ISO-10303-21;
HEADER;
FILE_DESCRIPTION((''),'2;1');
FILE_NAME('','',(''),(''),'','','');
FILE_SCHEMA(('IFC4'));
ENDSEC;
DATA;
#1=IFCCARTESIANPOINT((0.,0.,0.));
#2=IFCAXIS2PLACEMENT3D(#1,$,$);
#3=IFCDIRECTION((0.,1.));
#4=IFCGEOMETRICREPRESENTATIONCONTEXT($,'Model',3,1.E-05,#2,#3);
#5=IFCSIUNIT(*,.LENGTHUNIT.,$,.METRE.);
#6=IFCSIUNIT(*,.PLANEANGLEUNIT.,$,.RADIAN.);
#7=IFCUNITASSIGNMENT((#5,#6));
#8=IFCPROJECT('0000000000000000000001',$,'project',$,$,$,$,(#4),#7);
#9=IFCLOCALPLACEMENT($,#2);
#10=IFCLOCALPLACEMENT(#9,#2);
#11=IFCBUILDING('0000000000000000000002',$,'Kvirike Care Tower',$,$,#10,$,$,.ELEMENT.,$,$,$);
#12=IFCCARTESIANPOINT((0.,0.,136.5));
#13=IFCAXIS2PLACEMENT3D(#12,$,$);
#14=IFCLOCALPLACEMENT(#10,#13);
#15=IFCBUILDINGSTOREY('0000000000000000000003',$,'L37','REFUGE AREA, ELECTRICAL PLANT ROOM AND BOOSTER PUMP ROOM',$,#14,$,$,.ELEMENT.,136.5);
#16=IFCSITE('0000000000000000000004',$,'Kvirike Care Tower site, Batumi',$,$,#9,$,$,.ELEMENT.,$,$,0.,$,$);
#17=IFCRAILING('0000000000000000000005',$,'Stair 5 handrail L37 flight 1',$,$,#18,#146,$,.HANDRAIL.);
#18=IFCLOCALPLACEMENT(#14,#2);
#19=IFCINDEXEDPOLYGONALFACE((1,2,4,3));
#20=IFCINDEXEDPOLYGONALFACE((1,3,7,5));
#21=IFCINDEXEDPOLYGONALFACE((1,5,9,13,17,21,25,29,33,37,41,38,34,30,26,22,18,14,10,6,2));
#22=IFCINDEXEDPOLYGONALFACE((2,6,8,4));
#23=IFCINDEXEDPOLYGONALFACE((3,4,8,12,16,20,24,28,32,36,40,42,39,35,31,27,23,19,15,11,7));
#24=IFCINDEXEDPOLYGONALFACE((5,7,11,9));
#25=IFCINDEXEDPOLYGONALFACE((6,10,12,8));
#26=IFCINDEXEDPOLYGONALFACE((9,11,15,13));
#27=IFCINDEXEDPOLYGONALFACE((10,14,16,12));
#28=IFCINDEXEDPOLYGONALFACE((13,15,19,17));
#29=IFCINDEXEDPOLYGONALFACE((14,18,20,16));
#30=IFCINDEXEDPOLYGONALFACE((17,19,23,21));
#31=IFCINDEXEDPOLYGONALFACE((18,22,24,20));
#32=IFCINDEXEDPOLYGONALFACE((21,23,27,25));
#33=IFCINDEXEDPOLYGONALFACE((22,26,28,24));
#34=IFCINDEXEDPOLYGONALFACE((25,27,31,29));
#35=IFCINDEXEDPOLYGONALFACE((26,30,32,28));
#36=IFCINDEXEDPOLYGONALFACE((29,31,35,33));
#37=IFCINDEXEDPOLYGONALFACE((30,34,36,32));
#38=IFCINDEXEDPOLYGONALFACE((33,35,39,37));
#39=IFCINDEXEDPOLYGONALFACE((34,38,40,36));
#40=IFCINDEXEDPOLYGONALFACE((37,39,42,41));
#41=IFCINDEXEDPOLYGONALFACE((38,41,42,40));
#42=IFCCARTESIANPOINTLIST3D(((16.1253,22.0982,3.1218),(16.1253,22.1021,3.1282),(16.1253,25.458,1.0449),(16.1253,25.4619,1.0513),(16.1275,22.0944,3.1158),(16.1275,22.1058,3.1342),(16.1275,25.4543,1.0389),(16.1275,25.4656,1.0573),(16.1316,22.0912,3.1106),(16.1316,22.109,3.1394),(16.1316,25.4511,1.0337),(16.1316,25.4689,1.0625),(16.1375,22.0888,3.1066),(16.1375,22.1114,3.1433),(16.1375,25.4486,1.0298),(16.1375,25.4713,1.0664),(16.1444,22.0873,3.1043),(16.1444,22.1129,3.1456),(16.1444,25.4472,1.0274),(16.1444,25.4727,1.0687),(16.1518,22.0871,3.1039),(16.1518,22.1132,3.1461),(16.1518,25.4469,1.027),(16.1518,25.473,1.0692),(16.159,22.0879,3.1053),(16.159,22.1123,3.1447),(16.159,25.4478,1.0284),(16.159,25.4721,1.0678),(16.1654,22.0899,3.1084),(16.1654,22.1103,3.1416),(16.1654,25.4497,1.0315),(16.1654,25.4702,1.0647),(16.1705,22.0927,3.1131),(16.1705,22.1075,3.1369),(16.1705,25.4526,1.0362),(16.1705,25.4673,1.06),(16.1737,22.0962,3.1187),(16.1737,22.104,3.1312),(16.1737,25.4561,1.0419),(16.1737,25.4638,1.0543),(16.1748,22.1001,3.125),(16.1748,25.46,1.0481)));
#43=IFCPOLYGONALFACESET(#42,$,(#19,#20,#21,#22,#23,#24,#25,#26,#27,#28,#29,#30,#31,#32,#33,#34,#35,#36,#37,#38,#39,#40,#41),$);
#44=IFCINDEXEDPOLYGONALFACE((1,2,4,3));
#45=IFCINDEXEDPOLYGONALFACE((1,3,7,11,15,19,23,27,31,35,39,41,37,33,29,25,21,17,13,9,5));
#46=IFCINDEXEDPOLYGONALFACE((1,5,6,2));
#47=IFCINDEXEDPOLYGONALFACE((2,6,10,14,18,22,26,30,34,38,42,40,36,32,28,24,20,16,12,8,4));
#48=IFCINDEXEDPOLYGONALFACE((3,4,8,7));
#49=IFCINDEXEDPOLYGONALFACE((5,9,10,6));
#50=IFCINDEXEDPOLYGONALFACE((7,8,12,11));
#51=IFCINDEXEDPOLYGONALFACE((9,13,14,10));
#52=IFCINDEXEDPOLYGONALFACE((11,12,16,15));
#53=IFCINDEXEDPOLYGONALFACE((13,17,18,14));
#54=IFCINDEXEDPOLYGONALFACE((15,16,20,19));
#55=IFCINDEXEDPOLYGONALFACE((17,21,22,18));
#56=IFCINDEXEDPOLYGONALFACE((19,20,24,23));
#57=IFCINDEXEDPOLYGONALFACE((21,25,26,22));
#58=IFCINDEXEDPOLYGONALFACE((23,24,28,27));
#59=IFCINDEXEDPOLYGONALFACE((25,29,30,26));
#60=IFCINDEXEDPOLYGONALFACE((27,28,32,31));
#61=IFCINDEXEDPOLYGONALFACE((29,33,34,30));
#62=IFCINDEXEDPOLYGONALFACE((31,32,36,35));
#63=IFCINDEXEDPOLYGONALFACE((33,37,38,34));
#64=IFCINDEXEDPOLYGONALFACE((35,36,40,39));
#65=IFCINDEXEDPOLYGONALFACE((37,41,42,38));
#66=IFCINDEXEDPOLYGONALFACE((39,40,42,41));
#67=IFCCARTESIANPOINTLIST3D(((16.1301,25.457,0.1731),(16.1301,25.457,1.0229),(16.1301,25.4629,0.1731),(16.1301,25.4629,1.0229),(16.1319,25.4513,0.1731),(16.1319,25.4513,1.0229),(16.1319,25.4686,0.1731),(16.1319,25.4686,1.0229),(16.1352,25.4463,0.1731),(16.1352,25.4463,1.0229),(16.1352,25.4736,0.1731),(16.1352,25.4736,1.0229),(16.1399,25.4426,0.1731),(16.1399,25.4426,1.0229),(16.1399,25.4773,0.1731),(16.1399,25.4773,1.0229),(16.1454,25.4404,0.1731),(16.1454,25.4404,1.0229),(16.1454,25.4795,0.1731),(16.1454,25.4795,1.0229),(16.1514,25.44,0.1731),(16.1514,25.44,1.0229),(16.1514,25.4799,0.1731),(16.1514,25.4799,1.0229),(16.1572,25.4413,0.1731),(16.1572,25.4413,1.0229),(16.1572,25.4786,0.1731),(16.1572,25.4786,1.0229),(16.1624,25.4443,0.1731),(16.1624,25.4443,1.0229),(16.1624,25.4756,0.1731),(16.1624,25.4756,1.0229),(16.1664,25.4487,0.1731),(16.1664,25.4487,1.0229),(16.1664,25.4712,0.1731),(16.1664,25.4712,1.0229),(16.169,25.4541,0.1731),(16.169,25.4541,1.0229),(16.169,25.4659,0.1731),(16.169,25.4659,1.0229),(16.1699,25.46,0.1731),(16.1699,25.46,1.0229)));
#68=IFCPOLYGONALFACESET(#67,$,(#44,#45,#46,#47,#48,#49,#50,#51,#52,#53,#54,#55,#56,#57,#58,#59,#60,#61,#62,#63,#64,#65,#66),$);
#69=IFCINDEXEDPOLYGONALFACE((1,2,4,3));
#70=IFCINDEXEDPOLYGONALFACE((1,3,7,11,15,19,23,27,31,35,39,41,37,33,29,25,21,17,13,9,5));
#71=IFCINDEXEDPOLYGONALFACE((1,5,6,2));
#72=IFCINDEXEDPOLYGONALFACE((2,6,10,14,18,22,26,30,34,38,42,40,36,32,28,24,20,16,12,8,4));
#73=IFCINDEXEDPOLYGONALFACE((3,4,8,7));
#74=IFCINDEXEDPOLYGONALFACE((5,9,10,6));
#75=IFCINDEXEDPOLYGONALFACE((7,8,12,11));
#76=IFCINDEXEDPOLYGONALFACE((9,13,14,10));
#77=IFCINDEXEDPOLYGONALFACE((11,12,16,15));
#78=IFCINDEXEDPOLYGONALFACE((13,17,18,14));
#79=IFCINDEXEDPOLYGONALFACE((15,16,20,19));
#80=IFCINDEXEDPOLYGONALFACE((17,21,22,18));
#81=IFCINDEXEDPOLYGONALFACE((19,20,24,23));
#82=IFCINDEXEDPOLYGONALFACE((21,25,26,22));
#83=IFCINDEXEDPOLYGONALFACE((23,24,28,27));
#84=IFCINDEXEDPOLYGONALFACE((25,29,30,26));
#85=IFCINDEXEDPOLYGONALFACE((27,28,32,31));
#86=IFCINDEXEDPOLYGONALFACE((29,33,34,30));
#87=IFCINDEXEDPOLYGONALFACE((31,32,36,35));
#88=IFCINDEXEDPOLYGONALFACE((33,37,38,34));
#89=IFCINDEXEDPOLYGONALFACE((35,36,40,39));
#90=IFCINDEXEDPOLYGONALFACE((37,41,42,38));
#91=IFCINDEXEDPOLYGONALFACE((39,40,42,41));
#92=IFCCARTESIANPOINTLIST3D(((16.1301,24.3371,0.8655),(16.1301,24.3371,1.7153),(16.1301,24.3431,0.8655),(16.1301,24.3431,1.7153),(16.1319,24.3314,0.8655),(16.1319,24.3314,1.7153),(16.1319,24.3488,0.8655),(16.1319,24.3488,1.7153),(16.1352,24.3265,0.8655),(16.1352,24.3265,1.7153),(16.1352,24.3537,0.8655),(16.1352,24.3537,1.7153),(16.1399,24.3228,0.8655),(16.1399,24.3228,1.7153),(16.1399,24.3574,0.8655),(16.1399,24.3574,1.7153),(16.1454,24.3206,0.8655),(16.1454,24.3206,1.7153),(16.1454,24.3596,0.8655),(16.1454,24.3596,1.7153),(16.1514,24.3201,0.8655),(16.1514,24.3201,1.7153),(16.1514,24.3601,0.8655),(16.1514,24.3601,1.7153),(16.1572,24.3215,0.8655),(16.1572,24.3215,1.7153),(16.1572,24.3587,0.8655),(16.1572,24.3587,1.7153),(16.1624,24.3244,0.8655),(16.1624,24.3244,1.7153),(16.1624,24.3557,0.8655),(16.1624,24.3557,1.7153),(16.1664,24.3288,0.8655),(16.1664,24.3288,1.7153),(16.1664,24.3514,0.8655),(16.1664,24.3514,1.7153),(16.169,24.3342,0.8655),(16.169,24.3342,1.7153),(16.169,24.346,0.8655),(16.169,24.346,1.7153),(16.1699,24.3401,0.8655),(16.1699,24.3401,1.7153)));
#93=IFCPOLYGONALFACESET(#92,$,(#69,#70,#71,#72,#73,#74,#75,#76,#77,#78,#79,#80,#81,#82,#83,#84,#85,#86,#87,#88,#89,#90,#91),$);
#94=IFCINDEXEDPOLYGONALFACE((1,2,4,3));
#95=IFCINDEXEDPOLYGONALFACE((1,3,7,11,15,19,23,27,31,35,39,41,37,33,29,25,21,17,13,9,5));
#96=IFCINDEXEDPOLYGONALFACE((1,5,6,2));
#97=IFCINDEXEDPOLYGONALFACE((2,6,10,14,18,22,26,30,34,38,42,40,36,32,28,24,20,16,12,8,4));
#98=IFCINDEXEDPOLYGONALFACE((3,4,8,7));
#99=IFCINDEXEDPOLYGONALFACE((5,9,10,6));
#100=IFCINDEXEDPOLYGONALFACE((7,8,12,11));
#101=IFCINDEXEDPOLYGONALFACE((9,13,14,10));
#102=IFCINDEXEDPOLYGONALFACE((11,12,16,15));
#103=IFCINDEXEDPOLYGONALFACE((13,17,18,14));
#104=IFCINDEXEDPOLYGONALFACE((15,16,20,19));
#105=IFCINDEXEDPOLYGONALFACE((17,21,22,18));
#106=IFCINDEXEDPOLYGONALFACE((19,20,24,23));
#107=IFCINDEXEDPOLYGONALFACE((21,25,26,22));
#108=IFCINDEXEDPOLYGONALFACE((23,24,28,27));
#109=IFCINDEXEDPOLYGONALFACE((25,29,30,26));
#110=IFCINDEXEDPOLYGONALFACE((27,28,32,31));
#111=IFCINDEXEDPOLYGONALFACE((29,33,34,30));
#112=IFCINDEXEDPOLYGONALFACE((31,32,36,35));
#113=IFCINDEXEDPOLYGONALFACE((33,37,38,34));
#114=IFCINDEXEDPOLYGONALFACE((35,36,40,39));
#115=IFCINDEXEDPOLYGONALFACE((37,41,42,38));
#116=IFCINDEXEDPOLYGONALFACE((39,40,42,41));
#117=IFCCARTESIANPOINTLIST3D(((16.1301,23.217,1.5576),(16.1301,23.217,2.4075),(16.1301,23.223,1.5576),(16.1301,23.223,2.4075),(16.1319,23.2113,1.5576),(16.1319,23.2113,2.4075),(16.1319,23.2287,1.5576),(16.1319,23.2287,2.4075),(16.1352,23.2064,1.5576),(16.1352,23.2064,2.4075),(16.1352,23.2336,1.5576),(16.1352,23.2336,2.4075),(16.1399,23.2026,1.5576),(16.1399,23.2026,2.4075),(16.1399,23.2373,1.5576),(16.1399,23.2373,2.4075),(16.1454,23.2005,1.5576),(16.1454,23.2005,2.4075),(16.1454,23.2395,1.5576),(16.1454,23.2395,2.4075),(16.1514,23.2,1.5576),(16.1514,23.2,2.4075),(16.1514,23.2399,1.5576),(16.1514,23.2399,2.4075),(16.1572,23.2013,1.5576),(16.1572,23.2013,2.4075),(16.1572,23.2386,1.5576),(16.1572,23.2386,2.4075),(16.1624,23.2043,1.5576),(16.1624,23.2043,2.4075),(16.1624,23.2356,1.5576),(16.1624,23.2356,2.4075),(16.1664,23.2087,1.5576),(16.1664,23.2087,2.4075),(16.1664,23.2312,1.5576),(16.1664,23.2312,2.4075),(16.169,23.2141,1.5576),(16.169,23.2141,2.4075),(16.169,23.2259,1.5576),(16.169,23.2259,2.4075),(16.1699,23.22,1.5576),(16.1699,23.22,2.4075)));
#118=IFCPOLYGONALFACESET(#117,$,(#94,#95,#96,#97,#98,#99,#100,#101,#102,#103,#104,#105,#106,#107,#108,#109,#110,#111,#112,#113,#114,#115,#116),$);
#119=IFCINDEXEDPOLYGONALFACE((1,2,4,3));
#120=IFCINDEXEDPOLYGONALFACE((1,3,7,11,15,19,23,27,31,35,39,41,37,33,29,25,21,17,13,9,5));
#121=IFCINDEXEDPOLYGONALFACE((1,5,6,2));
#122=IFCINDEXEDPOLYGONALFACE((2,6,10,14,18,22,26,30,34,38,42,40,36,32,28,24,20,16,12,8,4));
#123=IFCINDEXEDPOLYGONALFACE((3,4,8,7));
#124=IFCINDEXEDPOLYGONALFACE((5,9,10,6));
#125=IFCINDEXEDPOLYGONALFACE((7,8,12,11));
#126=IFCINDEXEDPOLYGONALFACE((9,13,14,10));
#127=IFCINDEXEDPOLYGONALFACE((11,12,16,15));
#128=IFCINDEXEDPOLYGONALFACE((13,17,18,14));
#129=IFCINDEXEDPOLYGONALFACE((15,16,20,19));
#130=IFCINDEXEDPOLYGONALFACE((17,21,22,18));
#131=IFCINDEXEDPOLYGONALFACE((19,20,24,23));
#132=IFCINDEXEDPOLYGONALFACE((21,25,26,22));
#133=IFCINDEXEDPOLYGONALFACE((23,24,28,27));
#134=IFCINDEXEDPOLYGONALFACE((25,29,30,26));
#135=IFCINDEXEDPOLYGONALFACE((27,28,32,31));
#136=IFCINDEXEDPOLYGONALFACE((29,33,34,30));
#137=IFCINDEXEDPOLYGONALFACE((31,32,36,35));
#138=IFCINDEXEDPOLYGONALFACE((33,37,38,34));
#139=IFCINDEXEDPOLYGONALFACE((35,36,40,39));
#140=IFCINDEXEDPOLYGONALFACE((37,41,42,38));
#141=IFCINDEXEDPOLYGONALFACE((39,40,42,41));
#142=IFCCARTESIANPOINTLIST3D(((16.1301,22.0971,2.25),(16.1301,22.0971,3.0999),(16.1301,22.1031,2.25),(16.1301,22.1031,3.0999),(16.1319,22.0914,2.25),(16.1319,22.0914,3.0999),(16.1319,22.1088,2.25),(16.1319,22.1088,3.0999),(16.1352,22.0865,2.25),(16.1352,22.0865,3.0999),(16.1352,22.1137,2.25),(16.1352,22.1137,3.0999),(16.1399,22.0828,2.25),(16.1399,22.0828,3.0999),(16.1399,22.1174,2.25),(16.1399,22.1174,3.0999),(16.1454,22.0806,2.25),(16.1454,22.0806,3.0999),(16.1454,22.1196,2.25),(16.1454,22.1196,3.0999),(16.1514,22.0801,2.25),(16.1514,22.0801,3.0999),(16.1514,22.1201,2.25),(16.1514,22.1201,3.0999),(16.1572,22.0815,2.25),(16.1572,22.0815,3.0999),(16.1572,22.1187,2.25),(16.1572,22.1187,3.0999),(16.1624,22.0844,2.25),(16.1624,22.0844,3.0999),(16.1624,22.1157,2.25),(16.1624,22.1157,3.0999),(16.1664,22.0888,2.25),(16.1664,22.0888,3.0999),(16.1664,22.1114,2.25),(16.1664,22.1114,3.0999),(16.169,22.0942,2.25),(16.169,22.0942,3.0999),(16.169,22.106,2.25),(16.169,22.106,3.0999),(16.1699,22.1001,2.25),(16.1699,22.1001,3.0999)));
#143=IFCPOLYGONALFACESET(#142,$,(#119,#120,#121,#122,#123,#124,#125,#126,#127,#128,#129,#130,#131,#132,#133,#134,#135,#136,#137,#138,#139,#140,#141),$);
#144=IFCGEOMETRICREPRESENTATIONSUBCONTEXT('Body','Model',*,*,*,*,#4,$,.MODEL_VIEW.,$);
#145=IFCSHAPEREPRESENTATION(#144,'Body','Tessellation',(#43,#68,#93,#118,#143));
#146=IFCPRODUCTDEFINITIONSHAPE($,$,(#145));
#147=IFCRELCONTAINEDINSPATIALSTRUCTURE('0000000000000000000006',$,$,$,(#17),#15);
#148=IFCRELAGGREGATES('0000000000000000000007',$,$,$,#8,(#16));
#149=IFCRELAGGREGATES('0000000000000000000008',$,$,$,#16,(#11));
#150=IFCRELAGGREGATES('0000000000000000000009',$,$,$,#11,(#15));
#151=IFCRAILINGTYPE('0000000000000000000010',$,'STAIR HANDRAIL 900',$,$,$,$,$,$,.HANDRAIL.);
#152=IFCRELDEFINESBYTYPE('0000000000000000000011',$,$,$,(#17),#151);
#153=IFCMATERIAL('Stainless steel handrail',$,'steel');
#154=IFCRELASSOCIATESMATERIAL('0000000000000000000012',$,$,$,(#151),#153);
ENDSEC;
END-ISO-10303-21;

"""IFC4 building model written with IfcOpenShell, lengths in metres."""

from ifc_helpers import new_model, si_unit, direction, frame, origin, origin_2d, place, context, subcontext, project, spatial, circle, extrude, material, type_object, element, save


model = new_model("IFC4")

# Units and contexts
model_context = context("Model", 3, precision=1e-05, world=origin(), true_north=direction((0.0, 1.0)))
body_context = subcontext(model_context, "Body", "Model", "MODEL_VIEW")
ifc_project = project(units=[si_unit("LENGTHUNIT", "METRE"), si_unit("PLANEANGLEUNIT", "RADIAN")], contexts=[model_context])

# Site, building, storey
site_placement = place(None, origin())
site = spatial("IfcSite", under=ifc_project, at=site_placement, Name="Kvirike Care Tower site, Batumi", CompositionType="ELEMENT", RefElevation=0.0)
building_placement = place(site_placement, origin())
building = spatial("IfcBuilding", under=site, at=building_placement, Name="Kvirike Care Tower", CompositionType="ELEMENT")
storey_placement = place(building_placement, frame((0.0, 0.0, 136.5)))
storey = spatial("IfcBuildingStorey", under=building, at=storey_placement, Name="L37", Description="REFUGE AREA, ELECTRICAL PLANT ROOM AND BOOSTER PUMP ROOM", CompositionType="ELEMENT", Elevation=136.5)

# Railing
ifc_material_1 = material(Name="Stainless steel handrail", Category="steel")
railing_type = type_object("IfcRailingType", Name="STAIR HANDRAIL 900", PredefinedType="HANDRAIL", material=ifc_material_1)
railing_placement = place(storey_placement, frame((16.1499, 25.46, 0.1731)))
element("IfcRailing", 1, at=railing_placement, inside=storey, type_object=railing_type, Name="Stair 5 handrail L37 flight 1", PredefinedType="HANDRAIL", context=body_context, shape_type="SweptSolid", body=[
    extrude(circle(Radius=0.0249, at=origin_2d()), frame((0.0, 0.0, 0.875), z_axis=(0.0, -0.850606, 0.525803), x_axis=(1.0, 0.0, 0.0)), (0.0, 0.0, 1.0), 3.95),
    extrude(circle(Radius=0.02, at=origin_2d()), origin(), (0.0, 0.0, 1.0), 0.8499),
    extrude(circle(Radius=0.02, at=origin_2d()), frame((0.0, -1.1199, 0.6924)), (0.0, 0.0, 1.0), 0.8499),
    extrude(circle(Radius=0.02, at=origin_2d()), frame((0.0, -2.24, 1.3845)), (0.0, 0.0, 1.0), 0.8499),
    extrude(circle(Radius=0.02, at=origin_2d()), frame((0.0, -3.3599, 2.0769)), (0.0, 0.0, 1.0), 0.8499),
])

save(model, "model.ifc")
